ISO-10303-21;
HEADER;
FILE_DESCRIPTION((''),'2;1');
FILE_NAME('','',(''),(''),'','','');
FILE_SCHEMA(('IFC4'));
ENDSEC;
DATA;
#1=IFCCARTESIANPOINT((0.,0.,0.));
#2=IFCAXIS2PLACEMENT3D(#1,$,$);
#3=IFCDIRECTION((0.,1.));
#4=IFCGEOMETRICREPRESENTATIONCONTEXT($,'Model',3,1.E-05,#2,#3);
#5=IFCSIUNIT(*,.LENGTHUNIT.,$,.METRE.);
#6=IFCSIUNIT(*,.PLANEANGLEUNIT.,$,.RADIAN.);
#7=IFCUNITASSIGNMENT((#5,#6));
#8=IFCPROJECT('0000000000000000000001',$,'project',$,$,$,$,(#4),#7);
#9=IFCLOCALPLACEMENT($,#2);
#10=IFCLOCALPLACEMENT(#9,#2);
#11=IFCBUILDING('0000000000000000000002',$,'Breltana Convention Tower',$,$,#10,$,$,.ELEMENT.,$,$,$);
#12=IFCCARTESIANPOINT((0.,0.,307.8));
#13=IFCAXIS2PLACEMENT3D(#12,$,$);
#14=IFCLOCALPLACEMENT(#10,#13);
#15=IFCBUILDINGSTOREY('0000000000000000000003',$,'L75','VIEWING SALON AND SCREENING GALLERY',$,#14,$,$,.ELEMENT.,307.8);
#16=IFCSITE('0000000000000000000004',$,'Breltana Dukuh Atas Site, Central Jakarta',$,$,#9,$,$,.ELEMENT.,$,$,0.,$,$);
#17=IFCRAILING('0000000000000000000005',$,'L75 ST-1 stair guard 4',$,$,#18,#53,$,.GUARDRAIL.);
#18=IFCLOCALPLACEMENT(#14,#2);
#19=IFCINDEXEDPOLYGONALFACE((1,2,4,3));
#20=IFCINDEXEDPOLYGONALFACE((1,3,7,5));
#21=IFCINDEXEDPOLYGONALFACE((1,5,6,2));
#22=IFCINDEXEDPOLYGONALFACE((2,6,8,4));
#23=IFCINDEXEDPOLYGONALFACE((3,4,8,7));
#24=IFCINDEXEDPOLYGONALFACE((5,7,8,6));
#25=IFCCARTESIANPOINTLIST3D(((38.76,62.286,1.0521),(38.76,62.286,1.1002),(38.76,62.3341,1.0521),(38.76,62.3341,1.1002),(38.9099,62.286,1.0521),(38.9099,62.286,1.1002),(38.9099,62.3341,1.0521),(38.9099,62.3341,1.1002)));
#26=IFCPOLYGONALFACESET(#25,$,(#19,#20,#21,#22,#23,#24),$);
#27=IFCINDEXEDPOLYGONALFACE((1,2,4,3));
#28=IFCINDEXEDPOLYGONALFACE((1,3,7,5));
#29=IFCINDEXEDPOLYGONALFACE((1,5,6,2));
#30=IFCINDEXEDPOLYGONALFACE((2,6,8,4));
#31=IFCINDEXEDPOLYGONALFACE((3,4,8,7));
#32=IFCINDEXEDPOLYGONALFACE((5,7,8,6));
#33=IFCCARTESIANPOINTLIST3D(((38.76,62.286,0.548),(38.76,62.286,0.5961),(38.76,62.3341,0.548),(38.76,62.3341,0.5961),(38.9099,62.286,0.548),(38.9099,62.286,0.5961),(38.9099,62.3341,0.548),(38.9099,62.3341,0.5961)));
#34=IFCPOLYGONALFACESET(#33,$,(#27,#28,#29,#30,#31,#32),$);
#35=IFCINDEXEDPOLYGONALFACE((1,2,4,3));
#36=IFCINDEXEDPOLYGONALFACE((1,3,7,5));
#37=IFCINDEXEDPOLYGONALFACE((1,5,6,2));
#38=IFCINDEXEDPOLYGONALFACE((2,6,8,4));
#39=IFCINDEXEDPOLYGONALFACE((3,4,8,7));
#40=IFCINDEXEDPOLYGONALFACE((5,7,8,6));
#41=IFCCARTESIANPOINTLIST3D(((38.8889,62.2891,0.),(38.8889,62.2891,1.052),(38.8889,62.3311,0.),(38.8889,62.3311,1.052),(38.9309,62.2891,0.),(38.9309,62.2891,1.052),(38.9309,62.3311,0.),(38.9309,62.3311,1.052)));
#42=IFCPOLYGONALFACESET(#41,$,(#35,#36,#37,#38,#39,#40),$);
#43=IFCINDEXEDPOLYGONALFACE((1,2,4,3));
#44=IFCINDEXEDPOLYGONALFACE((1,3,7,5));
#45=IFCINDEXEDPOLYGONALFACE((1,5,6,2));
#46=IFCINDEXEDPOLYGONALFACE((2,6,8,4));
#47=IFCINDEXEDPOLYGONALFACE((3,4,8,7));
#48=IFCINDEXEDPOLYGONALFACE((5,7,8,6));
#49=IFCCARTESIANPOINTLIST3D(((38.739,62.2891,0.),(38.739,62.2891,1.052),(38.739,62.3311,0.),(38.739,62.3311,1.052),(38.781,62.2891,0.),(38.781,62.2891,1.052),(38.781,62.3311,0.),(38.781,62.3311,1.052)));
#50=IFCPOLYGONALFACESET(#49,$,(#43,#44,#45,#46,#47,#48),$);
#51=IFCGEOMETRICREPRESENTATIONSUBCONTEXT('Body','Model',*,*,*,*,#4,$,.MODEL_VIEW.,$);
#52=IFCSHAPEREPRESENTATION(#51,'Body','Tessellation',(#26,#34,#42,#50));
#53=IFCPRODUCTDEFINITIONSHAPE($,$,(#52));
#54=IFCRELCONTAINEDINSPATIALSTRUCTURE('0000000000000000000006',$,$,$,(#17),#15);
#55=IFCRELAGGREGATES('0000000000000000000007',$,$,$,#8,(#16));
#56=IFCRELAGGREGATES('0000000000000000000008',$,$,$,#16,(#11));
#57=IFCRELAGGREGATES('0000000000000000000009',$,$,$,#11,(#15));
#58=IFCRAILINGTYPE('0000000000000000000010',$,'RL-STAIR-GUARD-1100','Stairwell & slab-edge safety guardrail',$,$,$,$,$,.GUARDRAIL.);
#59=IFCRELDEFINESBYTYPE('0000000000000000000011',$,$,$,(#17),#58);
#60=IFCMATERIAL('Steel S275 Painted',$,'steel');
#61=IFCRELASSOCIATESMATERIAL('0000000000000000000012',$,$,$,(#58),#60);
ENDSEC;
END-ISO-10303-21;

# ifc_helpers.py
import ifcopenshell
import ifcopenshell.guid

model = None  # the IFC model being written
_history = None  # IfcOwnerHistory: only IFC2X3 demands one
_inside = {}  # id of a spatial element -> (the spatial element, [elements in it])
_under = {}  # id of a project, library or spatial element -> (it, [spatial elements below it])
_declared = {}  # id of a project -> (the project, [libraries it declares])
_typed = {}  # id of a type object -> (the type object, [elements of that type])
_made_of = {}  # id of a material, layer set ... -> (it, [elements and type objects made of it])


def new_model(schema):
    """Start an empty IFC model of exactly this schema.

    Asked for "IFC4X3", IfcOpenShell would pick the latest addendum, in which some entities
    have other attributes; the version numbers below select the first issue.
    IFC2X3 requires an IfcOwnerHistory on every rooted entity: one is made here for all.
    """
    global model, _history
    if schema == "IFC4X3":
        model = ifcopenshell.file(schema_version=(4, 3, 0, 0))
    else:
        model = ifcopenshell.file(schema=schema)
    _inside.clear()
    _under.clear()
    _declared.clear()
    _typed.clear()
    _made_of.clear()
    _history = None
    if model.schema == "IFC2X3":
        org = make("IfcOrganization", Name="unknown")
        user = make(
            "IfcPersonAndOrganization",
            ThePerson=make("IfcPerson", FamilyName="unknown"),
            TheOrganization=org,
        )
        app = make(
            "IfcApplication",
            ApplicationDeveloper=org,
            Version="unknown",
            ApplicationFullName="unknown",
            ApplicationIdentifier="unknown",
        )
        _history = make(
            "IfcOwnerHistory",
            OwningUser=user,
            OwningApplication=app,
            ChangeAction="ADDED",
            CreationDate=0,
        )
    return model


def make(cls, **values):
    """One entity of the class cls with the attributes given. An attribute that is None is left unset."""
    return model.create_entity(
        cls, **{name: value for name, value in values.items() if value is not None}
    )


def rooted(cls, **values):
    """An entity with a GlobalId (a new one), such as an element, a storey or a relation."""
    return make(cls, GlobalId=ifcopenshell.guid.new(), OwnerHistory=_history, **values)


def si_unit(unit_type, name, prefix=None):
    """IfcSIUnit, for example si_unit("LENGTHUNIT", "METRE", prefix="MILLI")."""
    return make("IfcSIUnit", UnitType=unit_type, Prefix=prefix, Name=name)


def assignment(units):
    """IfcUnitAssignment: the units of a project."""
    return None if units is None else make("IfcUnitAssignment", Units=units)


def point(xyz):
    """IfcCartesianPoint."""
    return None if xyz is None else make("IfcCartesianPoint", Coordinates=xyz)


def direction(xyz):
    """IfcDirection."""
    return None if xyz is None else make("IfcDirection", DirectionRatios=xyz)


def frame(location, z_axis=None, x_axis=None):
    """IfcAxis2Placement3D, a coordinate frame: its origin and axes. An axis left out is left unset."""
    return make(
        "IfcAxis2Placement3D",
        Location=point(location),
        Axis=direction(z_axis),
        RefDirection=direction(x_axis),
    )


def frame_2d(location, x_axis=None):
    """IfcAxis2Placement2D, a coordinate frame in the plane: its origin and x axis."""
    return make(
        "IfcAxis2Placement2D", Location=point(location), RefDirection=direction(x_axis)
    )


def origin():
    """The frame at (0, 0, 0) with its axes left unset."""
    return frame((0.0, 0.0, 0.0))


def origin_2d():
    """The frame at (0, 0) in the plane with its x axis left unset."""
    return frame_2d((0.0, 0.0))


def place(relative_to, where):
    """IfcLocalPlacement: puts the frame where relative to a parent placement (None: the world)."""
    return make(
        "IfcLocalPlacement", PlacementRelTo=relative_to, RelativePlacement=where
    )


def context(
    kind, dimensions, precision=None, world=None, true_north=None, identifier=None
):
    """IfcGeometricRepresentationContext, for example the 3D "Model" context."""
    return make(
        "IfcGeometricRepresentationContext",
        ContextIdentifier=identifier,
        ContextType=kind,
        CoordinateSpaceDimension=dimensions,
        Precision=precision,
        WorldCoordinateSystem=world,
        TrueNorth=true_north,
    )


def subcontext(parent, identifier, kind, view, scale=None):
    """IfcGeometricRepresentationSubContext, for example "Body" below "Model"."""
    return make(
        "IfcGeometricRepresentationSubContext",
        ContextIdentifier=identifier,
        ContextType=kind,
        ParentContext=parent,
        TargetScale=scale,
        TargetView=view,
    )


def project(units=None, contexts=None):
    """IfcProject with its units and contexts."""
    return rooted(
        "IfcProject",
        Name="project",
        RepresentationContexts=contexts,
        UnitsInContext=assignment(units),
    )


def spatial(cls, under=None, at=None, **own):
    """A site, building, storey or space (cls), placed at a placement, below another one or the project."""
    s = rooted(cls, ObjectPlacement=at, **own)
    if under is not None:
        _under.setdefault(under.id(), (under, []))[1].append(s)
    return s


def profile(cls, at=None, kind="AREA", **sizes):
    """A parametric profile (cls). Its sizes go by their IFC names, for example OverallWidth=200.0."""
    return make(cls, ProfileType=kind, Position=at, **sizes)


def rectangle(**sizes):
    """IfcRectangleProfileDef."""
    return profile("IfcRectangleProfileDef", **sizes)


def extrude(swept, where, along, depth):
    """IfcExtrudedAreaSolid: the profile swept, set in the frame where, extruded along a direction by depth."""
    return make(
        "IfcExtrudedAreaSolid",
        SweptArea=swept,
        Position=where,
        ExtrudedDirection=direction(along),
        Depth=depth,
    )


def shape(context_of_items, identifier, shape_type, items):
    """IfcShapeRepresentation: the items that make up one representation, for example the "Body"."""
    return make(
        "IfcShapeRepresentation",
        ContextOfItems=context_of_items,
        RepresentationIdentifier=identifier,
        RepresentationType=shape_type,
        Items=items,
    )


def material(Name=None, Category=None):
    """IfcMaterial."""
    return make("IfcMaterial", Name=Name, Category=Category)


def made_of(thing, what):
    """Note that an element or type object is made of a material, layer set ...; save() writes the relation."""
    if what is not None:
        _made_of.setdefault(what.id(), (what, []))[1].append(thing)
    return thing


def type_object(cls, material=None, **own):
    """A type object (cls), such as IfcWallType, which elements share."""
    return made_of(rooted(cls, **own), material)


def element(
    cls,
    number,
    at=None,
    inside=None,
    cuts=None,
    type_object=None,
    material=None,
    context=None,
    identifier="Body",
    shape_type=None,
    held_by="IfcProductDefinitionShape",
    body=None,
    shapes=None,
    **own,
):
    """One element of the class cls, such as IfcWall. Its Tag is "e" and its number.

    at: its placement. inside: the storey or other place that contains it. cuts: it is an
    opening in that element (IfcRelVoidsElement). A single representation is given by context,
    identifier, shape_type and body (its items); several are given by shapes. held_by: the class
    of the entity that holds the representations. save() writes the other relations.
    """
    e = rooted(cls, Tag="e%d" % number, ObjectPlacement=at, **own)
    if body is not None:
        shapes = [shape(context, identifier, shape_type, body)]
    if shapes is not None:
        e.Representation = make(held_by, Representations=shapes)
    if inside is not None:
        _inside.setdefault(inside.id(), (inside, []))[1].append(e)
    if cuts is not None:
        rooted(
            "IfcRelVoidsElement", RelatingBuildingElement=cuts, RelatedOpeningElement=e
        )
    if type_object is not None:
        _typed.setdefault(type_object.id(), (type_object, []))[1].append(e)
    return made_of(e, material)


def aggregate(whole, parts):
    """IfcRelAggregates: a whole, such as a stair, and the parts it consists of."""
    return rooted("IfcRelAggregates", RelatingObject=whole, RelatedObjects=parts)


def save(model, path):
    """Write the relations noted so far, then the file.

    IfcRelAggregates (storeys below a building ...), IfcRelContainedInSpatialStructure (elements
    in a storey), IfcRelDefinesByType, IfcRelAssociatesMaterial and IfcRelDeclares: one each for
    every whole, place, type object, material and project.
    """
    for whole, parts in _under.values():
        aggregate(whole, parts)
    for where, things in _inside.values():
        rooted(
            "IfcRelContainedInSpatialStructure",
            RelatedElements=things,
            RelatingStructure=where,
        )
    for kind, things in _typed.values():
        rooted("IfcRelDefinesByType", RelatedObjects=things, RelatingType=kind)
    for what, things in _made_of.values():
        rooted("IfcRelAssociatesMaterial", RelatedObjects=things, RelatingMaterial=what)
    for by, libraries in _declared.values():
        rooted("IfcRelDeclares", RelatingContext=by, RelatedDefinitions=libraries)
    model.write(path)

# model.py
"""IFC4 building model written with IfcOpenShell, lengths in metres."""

from ifc_helpers import new_model, si_unit, direction, frame, origin, origin_2d, place, context, subcontext, project, spatial, rectangle, extrude, material, type_object, element, save


model = new_model("IFC4")

# Units and contexts
model_context = context("Model", 3, precision=1e-05, world=origin(), true_north=direction((0.0, 1.0)))
body_context = subcontext(model_context, "Body", "Model", "MODEL_VIEW")
ifc_project = project(units=[si_unit("LENGTHUNIT", "METRE"), si_unit("PLANEANGLEUNIT", "RADIAN")], contexts=[model_context])

# Site, building, storey
site_placement = place(None, origin())
site = spatial("IfcSite", under=ifc_project, at=site_placement, Name="Breltana Dukuh Atas Site, Central Jakarta", CompositionType="ELEMENT", RefElevation=0.0)
building_placement = place(site_placement, origin())
building = spatial("IfcBuilding", under=site, at=building_placement, Name="Breltana Convention Tower", CompositionType="ELEMENT")
storey_placement = place(building_placement, frame((0.0, 0.0, 307.8)))
storey = spatial("IfcBuildingStorey", under=building, at=storey_placement, Name="L75", Description="VIEWING SALON AND SCREENING GALLERY", CompositionType="ELEMENT", Elevation=307.8)

# Railing
ifc_material_1 = material(Name="Steel S275 Painted", Category="steel")
railing_type = type_object("IfcRailingType", Name="RL-STAIR-GUARD-1100", Description="Stairwell & slab-edge safety guardrail", PredefinedType="GUARDRAIL", material=ifc_material_1)
railing_placement = place(storey_placement, frame((38.9099, 62.3101, 0.0)))
element("IfcRailing", 1, at=railing_placement, inside=storey, type_object=railing_type, Name="L75 ST-1 stair guard 4", PredefinedType="GUARDRAIL", context=body_context, shape_type="SweptSolid", body=[
    extrude(rectangle(XDim=0.0481, YDim=0.0481, at=origin_2d()), frame((0.0, 0.0, 1.0762), z_axis=(-1.0, 0.0, 0.0), x_axis=(0.0, -1.0, 0.0)), (0.0, 0.0, 1.0), 0.1499),
    extrude(rectangle(XDim=0.0481, YDim=0.0481, at=origin_2d()), frame((0.0, 0.0, 0.572), z_axis=(-1.0, 0.0, 0.0), x_axis=(0.0, -1.0, 0.0)), (0.0, 0.0, 1.0), 0.1499),
    extrude(rectangle(XDim=0.042, YDim=0.042, at=origin_2d()), origin(), (0.0, 0.0, 1.0), 1.052),
    extrude(rectangle(XDim=0.042, YDim=0.042, at=origin_2d()), frame((-0.1499, 0.0, 0.0)), (0.0, 0.0, 1.0), 1.052),
])

save(model, "model.ifc")
